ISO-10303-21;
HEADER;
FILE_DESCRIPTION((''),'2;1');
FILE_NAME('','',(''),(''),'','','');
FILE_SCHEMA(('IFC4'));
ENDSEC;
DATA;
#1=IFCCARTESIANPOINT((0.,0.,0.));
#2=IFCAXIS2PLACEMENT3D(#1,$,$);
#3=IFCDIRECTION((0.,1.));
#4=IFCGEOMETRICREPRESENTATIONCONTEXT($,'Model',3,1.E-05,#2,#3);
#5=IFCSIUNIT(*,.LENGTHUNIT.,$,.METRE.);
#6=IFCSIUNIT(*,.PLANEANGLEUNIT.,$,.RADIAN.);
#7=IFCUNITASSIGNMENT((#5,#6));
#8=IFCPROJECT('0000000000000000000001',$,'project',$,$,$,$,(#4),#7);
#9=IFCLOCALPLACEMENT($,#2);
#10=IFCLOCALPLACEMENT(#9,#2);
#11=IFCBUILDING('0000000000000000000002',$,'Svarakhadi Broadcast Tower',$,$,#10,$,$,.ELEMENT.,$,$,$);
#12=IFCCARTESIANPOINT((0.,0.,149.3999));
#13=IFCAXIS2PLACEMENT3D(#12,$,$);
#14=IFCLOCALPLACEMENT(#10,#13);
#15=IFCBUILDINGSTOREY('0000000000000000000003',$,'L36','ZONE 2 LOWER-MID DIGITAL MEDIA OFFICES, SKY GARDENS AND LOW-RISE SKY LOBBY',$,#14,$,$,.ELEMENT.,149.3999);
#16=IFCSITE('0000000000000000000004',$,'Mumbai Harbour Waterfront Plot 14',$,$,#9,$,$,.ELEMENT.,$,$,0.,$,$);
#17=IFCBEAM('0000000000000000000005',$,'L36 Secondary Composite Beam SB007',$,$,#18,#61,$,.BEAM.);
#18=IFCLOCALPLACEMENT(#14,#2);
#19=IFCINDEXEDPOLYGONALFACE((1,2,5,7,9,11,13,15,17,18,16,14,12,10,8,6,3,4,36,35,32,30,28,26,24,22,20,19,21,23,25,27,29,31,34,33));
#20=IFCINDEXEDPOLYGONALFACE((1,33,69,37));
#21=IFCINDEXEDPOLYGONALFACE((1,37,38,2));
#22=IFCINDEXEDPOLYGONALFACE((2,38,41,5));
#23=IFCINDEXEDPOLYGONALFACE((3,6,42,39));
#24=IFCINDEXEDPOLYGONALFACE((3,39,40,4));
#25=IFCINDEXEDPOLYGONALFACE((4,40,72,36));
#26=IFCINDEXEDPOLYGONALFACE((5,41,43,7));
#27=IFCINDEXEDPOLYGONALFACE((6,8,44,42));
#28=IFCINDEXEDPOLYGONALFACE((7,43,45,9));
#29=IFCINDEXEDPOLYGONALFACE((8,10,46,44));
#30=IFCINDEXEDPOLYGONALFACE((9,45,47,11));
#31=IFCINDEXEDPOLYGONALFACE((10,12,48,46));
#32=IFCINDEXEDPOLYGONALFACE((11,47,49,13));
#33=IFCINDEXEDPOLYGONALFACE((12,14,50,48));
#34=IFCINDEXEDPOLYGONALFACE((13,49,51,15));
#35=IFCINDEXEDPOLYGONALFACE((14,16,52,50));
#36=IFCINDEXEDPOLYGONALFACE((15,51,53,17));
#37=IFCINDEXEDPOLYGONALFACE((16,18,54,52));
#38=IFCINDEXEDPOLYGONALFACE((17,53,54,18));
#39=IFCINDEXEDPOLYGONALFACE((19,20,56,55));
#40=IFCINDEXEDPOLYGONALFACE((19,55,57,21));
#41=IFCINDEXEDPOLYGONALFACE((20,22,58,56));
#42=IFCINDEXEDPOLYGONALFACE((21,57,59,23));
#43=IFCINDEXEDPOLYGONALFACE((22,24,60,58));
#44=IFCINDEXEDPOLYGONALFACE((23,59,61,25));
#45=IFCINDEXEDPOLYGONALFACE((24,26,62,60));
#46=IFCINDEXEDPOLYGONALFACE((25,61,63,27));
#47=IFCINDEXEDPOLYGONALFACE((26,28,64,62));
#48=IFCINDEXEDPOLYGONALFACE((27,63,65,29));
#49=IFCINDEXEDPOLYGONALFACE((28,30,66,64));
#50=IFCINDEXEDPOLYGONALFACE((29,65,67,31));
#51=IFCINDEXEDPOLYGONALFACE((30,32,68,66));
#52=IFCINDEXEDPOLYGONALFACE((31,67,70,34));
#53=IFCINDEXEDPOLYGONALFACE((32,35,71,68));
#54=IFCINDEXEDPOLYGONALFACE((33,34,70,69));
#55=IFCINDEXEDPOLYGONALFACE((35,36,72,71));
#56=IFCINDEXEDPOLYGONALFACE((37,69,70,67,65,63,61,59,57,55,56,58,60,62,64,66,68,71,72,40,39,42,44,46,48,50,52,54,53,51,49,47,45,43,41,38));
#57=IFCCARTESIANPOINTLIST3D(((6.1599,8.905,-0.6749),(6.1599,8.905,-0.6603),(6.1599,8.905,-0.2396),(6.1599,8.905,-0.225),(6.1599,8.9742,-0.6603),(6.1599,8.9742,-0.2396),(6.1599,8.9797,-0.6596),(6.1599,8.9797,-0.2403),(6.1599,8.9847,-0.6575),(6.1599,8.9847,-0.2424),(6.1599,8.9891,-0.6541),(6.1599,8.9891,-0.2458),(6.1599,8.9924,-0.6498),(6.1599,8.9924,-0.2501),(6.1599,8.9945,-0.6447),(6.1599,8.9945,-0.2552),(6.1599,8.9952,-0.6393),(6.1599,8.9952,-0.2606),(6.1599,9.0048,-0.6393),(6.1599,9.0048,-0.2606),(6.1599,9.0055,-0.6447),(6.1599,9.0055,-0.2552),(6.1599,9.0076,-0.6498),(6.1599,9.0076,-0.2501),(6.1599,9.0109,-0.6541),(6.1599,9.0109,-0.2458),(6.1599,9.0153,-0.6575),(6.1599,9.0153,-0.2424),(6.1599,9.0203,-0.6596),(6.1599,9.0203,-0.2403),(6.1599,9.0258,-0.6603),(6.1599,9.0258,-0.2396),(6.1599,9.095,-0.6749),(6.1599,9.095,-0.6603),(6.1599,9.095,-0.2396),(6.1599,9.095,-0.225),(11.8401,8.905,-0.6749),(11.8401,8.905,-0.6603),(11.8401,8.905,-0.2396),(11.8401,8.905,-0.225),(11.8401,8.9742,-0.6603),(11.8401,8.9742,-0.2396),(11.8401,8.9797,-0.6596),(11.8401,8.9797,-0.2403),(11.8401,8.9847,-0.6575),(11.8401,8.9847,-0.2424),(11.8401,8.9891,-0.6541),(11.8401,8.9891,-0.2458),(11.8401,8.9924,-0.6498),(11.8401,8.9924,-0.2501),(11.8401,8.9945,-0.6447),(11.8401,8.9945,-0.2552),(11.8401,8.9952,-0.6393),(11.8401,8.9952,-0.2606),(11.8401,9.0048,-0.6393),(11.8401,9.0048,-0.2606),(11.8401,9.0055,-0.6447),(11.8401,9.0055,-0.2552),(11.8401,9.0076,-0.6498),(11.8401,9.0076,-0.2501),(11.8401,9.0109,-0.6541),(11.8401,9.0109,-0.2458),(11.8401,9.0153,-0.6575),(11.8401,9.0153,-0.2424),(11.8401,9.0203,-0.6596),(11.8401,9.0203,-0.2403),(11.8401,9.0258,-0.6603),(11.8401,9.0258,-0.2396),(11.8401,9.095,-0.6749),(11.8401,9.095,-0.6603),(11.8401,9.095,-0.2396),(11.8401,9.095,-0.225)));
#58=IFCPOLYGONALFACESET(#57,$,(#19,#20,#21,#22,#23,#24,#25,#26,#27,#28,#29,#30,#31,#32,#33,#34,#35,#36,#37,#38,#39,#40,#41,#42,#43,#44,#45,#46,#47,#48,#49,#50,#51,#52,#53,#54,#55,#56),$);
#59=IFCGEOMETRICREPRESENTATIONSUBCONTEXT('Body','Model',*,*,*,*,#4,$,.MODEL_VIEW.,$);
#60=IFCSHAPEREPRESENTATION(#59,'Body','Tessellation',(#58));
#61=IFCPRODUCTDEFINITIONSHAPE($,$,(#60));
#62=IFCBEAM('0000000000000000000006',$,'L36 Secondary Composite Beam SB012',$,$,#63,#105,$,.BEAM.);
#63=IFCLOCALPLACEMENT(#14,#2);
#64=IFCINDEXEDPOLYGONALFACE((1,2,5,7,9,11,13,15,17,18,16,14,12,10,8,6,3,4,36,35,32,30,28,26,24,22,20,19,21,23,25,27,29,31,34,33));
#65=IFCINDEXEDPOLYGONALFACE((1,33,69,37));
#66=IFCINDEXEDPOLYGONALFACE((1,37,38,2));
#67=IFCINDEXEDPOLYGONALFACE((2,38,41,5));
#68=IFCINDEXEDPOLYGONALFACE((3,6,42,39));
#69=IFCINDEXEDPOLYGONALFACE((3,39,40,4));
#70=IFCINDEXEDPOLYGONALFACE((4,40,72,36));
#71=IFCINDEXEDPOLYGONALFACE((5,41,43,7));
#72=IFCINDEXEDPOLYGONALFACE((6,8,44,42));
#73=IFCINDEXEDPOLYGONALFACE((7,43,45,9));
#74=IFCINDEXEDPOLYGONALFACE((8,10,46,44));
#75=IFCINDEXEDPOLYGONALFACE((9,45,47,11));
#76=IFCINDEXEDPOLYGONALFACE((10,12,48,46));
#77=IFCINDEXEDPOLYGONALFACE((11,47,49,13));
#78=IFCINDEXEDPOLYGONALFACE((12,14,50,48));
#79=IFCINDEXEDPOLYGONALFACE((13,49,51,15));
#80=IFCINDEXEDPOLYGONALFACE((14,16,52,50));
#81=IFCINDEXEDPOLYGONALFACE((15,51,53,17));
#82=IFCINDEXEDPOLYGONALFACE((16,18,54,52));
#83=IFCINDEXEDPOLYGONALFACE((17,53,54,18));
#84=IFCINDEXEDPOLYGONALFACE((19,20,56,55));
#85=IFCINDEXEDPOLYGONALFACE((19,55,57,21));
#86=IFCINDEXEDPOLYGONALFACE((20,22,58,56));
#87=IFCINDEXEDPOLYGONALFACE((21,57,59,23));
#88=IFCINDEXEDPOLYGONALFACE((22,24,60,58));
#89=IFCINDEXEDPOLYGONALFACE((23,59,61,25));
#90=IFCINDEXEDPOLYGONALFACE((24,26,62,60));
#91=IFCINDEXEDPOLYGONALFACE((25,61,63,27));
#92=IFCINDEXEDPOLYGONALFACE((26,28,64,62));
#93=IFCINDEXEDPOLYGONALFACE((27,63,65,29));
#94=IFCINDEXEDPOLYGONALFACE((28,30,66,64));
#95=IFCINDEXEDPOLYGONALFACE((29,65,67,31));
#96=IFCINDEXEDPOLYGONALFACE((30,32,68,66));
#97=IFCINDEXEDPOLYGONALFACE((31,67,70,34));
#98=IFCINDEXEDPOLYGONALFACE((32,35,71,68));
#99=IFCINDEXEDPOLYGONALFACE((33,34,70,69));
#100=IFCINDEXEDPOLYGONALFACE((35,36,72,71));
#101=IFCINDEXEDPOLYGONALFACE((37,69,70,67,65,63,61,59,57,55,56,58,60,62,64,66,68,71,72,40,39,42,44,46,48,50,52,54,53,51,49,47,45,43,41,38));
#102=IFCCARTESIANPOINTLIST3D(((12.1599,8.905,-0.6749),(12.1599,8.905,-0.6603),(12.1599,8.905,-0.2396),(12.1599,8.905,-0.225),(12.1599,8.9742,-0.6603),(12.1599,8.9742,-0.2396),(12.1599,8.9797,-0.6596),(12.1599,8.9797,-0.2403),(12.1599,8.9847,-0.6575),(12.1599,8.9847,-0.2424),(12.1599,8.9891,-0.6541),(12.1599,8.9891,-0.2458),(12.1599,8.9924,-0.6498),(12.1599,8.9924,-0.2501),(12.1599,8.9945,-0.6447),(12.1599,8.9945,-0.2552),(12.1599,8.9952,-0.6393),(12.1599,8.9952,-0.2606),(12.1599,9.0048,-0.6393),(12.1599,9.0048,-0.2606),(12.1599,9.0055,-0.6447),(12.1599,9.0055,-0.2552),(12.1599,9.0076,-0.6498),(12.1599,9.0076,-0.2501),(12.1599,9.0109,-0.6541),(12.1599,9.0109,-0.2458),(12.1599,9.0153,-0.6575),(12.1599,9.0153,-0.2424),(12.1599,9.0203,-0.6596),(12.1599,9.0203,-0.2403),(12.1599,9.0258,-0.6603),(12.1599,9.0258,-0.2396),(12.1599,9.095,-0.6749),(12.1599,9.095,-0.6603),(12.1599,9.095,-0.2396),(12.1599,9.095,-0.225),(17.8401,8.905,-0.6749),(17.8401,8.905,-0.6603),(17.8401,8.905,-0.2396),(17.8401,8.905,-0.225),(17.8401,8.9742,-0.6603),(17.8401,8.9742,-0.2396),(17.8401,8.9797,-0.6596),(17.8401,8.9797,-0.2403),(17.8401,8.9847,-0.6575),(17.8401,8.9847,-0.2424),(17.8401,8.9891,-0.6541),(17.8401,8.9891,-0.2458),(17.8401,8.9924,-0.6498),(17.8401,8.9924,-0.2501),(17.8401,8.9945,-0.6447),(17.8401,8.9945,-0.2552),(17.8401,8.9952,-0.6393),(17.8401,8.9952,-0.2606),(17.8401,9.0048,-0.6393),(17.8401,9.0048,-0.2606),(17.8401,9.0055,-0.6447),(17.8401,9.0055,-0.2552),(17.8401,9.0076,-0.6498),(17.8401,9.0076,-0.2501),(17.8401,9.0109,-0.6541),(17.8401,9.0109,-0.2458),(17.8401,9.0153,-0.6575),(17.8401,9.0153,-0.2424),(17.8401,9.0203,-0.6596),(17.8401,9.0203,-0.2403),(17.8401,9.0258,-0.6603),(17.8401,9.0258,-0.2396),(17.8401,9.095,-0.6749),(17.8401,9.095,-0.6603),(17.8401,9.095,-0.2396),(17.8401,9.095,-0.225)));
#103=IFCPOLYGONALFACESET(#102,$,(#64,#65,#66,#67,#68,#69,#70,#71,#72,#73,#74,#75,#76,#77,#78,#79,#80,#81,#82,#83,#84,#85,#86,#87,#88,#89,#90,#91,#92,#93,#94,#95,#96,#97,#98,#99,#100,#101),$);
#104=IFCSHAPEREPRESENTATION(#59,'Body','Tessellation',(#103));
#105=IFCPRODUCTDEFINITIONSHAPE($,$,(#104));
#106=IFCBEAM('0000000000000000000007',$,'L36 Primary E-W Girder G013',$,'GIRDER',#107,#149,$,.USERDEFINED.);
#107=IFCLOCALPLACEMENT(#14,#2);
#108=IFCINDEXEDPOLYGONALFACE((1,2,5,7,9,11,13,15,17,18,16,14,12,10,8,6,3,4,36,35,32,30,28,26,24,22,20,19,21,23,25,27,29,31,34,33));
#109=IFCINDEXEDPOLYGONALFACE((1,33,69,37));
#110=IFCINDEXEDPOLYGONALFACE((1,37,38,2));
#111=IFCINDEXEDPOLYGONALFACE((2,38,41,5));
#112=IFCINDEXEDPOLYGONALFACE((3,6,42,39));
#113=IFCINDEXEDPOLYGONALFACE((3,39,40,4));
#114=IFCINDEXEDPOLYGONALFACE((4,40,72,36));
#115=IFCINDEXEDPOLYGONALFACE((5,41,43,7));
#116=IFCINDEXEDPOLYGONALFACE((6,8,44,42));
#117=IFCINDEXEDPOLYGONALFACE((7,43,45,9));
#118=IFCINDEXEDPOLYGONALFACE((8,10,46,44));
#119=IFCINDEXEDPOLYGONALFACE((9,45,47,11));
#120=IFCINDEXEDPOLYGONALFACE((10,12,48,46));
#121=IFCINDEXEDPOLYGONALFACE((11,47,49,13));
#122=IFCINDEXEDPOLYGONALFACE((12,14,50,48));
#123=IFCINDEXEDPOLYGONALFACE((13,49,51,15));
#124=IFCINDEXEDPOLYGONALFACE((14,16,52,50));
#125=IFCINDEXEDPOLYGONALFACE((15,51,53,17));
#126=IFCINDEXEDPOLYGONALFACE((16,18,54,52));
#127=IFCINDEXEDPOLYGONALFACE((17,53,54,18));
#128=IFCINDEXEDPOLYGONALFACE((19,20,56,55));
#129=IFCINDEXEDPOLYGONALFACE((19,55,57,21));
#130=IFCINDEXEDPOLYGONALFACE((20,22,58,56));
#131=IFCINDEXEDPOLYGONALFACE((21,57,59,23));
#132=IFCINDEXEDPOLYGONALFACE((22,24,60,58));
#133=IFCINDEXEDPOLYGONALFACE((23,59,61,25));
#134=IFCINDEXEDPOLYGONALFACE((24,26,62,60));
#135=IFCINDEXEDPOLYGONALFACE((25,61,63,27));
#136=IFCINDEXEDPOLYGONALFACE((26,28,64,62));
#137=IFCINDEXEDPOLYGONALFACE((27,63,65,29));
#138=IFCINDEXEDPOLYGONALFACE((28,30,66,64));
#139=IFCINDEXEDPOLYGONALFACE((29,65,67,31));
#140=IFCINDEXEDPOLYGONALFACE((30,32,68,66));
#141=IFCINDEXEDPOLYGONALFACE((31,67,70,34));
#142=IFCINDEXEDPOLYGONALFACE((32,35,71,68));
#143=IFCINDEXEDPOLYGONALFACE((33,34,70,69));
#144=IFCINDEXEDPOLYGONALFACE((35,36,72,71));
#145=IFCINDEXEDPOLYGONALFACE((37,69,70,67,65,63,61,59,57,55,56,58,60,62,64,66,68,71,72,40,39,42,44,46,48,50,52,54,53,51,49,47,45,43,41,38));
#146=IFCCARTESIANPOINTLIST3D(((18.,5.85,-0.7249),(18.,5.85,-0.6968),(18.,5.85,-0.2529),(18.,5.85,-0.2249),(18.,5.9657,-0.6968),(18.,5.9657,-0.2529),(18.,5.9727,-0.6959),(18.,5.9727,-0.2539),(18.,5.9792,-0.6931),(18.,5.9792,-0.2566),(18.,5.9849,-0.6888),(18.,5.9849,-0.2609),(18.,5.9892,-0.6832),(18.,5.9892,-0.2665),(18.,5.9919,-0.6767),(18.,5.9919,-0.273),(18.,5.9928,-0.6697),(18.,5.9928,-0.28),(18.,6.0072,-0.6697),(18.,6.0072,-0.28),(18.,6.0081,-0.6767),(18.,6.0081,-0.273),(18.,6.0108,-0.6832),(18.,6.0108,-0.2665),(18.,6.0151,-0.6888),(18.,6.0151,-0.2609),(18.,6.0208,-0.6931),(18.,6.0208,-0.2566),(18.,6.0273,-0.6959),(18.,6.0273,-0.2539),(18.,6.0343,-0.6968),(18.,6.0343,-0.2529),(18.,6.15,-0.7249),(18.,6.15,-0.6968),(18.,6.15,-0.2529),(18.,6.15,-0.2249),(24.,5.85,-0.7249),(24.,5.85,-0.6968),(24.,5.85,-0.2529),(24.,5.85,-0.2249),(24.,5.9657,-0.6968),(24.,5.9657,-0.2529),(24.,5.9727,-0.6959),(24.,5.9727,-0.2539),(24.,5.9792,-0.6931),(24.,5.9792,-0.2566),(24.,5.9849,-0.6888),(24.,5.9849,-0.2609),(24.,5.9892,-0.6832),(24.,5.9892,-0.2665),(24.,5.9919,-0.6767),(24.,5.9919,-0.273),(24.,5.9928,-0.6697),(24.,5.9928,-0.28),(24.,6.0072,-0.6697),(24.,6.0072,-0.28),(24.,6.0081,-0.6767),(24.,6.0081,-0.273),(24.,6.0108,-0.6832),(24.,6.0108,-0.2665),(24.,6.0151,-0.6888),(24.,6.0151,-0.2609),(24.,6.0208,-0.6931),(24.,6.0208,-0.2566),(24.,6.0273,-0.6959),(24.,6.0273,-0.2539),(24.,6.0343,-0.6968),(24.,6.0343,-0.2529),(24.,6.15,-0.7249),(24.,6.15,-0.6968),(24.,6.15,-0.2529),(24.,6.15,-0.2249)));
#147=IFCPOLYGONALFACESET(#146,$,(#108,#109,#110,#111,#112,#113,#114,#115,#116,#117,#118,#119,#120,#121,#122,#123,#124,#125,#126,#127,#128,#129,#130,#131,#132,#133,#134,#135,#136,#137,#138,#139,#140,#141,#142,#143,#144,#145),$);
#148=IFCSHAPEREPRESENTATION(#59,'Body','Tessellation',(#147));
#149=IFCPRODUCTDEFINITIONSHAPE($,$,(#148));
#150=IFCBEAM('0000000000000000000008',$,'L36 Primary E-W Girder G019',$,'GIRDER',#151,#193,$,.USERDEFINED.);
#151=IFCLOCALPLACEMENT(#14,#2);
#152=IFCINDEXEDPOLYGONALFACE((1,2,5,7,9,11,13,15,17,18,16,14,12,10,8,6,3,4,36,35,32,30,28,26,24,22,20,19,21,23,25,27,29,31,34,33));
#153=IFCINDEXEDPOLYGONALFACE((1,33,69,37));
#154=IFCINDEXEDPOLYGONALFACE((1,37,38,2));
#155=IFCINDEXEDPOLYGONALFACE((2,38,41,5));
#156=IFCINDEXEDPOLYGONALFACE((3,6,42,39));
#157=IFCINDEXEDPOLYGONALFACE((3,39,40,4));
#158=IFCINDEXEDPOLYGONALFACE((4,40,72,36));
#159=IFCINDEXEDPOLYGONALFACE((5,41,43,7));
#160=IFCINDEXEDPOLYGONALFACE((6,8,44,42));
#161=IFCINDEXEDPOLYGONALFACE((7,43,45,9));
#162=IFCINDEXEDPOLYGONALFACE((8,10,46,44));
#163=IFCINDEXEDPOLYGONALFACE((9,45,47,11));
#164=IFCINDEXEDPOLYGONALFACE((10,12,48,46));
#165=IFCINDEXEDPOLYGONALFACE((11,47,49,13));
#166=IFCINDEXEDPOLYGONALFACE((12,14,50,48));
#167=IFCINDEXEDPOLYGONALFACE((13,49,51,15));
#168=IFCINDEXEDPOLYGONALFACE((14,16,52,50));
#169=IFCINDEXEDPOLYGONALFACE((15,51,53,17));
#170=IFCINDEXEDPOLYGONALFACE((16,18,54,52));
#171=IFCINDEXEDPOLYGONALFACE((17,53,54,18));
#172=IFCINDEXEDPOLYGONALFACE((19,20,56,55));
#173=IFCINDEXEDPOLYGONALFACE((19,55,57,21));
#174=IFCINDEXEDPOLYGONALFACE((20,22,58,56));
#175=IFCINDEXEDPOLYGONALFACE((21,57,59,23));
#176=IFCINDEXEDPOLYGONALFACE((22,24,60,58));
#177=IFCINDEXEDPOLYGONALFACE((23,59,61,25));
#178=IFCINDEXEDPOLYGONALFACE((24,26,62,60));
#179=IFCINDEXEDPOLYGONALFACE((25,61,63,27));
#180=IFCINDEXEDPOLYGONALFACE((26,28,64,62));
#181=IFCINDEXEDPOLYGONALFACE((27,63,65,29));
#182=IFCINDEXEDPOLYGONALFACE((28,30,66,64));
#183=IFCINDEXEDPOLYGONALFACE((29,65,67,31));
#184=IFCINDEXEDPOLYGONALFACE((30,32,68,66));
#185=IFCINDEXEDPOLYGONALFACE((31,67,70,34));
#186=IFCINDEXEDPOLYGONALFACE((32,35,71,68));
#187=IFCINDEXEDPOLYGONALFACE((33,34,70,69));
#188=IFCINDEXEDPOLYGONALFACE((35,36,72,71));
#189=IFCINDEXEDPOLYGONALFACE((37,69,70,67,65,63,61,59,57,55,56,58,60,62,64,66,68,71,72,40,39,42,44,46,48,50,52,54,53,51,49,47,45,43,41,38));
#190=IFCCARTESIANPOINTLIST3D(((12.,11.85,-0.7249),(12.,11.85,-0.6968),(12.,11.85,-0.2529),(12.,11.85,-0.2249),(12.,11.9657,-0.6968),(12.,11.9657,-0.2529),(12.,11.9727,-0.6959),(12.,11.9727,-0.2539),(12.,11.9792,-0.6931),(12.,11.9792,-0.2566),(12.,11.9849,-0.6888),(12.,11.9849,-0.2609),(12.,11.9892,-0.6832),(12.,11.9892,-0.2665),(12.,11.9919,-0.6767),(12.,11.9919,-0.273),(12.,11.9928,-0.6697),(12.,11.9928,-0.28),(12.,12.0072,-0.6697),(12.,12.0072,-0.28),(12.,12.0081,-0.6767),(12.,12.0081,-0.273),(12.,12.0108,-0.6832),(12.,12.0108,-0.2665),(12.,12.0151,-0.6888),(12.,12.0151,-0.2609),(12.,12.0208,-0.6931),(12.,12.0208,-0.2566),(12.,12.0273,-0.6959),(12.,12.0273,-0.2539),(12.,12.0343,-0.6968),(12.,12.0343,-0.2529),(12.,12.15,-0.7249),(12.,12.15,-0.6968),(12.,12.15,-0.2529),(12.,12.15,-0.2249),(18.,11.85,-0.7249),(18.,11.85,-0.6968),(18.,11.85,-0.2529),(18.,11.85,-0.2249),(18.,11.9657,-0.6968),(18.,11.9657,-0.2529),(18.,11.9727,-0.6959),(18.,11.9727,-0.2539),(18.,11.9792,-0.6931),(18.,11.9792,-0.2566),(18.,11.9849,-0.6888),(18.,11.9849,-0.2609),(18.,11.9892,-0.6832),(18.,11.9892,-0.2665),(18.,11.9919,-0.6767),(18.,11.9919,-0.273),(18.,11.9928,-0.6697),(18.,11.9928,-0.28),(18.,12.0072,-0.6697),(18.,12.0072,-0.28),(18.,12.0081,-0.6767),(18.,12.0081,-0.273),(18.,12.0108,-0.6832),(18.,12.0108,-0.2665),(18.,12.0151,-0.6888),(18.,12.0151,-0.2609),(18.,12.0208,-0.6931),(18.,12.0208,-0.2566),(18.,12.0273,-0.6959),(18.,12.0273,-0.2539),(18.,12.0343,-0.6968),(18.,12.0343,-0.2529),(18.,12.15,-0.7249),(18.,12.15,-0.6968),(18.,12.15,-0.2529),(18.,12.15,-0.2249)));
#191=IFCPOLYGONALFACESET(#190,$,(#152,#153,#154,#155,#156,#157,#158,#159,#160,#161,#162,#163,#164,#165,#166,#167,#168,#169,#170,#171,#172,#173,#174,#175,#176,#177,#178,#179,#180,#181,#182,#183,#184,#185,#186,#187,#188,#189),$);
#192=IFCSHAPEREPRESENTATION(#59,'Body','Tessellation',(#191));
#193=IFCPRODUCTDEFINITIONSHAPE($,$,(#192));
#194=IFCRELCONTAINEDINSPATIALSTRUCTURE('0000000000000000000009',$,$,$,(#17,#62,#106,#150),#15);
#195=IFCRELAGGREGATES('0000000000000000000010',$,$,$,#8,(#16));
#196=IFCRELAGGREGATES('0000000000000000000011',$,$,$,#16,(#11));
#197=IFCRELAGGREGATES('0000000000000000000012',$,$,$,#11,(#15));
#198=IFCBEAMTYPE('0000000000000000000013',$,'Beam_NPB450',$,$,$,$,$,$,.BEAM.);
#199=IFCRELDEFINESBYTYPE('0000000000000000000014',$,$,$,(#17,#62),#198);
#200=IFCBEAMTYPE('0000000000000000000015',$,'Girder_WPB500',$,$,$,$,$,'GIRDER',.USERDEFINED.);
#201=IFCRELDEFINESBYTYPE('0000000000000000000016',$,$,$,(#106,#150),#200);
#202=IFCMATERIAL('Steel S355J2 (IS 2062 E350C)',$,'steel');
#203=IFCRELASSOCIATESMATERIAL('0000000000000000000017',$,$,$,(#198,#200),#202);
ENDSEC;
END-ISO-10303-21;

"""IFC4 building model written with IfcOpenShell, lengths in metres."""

from ifc_helpers import new_model, si_unit, direction, frame, origin, origin_2d, place, context, subcontext, project, spatial, i_section, extrude, material, material_profile, profile_set, type_object, element, save


model = new_model("IFC4")

# Units and contexts
model_context = context("Model", 3, precision=1e-05, world=origin(), true_north=direction((0.0, 1.0)))
body_context = subcontext(model_context, "Body", "Model", "MODEL_VIEW")
ifc_project = project(units=[si_unit("LENGTHUNIT", "METRE"), si_unit("PLANEANGLEUNIT", "RADIAN")], contexts=[model_context])

# Site, building, storey
site_placement = place(None, origin())
site = spatial("IfcSite", under=ifc_project, at=site_placement, Name="Mumbai Harbour Waterfront Plot 14", CompositionType="ELEMENT", RefElevation=0.0)
building_placement = place(site_placement, origin())
building = spatial("IfcBuilding", under=site, at=building_placement, Name="Svarakhadi Broadcast Tower", CompositionType="ELEMENT")
storey_placement = place(building_placement, frame((0.0, 0.0, 149.3999)))
storey = spatial("IfcBuildingStorey", under=building, at=storey_placement, Name="L36", Description="ZONE 2 LOWER-MID DIGITAL MEDIA OFFICES, SKY GARDENS AND LOW-RISE SKY LOBBY", CompositionType="ELEMENT", Elevation=149.3999)

# Beams
ifc_material_1 = material(Name="Steel S355J2 (IS 2062 E350C)", Category="steel")
ifc_material_profile_1 = material_profile(ifc_material_1, i_section(OverallWidth=0.1899, OverallDepth=0.45, WebThickness=0.0095, FlangeThickness=0.0146, FilletRadius=0.021, at=origin_2d()), Name="NPB 450x190x78")
ifc_profile_set_1 = profile_set([ifc_material_profile_1], Name="Steel S355J2 (IS 2062 E350C)")
beam_type_1 = type_object("IfcBeamType", Name="Beam_NPB450", PredefinedType="BEAM", material=ifc_profile_set_1)
for number, where, z_axis, x_axis, name in (
    (1, (6.1599, 9.0, -0.45), (1.0, 0.0, 0.0), (0.0, 1.0, 0.0), "L36 Secondary Composite Beam SB007"),
    (2, (12.1599, 9.0, -0.45), (1.0, 0.0, 0.0), (0.0, 1.0, 0.0), "L36 Secondary Composite Beam SB012"),
):
    element("IfcBeam", number, at=place(storey_placement, frame(where, z_axis=z_axis, x_axis=x_axis)), inside=storey, type_object=beam_type_1, Name=name, PredefinedType="BEAM", context=body_context, shape_type="SweptSolid", body=[
        extrude(i_section(OverallWidth=0.1899, OverallDepth=0.45, WebThickness=0.0095, FlangeThickness=0.0146, FilletRadius=0.021, at=origin_2d()), origin(), (0.0, 0.0, 1.0), 5.6802),
    ])
ifc_material_profile_2 = material_profile(ifc_material_1, i_section(OverallWidth=0.3, OverallDepth=0.5, WebThickness=0.0144, FlangeThickness=0.0281, FilletRadius=0.0271, at=origin_2d()), Name="WPB 500x300x187")
ifc_profile_set_2 = profile_set([ifc_material_profile_2], Name="Steel S355J2 (IS 2062 E350C)")
beam_type_2 = type_object("IfcBeamType", Name="Girder_WPB500", ElementType="GIRDER", PredefinedType="USERDEFINED", material=ifc_profile_set_2)
for number, where, z_axis, x_axis, name in (
    (3, (18.0, 6.0, -0.4749), (1.0, 0.0, 0.0), (0.0, 1.0, 0.0), "L36 Primary E-W Girder G013"),
    (4, (12.0, 12.0, -0.4749), (1.0, 0.0, 0.0), (0.0, 1.0, 0.0), "L36 Primary E-W Girder G019"),
):
    element("IfcBeam", number, at=place(storey_placement, frame(where, z_axis=z_axis, x_axis=x_axis)), inside=storey, type_object=beam_type_2, Name=name, ObjectType="GIRDER", PredefinedType="USERDEFINED", context=body_context, shape_type="SweptSolid", body=[
        extrude(i_section(OverallWidth=0.3, OverallDepth=0.5, WebThickness=0.0144, FlangeThickness=0.0281, FilletRadius=0.0271, at=origin_2d()), origin(), (0.0, 0.0, 1.0), 6.0),
    ])

save(model, "model.ifc")
